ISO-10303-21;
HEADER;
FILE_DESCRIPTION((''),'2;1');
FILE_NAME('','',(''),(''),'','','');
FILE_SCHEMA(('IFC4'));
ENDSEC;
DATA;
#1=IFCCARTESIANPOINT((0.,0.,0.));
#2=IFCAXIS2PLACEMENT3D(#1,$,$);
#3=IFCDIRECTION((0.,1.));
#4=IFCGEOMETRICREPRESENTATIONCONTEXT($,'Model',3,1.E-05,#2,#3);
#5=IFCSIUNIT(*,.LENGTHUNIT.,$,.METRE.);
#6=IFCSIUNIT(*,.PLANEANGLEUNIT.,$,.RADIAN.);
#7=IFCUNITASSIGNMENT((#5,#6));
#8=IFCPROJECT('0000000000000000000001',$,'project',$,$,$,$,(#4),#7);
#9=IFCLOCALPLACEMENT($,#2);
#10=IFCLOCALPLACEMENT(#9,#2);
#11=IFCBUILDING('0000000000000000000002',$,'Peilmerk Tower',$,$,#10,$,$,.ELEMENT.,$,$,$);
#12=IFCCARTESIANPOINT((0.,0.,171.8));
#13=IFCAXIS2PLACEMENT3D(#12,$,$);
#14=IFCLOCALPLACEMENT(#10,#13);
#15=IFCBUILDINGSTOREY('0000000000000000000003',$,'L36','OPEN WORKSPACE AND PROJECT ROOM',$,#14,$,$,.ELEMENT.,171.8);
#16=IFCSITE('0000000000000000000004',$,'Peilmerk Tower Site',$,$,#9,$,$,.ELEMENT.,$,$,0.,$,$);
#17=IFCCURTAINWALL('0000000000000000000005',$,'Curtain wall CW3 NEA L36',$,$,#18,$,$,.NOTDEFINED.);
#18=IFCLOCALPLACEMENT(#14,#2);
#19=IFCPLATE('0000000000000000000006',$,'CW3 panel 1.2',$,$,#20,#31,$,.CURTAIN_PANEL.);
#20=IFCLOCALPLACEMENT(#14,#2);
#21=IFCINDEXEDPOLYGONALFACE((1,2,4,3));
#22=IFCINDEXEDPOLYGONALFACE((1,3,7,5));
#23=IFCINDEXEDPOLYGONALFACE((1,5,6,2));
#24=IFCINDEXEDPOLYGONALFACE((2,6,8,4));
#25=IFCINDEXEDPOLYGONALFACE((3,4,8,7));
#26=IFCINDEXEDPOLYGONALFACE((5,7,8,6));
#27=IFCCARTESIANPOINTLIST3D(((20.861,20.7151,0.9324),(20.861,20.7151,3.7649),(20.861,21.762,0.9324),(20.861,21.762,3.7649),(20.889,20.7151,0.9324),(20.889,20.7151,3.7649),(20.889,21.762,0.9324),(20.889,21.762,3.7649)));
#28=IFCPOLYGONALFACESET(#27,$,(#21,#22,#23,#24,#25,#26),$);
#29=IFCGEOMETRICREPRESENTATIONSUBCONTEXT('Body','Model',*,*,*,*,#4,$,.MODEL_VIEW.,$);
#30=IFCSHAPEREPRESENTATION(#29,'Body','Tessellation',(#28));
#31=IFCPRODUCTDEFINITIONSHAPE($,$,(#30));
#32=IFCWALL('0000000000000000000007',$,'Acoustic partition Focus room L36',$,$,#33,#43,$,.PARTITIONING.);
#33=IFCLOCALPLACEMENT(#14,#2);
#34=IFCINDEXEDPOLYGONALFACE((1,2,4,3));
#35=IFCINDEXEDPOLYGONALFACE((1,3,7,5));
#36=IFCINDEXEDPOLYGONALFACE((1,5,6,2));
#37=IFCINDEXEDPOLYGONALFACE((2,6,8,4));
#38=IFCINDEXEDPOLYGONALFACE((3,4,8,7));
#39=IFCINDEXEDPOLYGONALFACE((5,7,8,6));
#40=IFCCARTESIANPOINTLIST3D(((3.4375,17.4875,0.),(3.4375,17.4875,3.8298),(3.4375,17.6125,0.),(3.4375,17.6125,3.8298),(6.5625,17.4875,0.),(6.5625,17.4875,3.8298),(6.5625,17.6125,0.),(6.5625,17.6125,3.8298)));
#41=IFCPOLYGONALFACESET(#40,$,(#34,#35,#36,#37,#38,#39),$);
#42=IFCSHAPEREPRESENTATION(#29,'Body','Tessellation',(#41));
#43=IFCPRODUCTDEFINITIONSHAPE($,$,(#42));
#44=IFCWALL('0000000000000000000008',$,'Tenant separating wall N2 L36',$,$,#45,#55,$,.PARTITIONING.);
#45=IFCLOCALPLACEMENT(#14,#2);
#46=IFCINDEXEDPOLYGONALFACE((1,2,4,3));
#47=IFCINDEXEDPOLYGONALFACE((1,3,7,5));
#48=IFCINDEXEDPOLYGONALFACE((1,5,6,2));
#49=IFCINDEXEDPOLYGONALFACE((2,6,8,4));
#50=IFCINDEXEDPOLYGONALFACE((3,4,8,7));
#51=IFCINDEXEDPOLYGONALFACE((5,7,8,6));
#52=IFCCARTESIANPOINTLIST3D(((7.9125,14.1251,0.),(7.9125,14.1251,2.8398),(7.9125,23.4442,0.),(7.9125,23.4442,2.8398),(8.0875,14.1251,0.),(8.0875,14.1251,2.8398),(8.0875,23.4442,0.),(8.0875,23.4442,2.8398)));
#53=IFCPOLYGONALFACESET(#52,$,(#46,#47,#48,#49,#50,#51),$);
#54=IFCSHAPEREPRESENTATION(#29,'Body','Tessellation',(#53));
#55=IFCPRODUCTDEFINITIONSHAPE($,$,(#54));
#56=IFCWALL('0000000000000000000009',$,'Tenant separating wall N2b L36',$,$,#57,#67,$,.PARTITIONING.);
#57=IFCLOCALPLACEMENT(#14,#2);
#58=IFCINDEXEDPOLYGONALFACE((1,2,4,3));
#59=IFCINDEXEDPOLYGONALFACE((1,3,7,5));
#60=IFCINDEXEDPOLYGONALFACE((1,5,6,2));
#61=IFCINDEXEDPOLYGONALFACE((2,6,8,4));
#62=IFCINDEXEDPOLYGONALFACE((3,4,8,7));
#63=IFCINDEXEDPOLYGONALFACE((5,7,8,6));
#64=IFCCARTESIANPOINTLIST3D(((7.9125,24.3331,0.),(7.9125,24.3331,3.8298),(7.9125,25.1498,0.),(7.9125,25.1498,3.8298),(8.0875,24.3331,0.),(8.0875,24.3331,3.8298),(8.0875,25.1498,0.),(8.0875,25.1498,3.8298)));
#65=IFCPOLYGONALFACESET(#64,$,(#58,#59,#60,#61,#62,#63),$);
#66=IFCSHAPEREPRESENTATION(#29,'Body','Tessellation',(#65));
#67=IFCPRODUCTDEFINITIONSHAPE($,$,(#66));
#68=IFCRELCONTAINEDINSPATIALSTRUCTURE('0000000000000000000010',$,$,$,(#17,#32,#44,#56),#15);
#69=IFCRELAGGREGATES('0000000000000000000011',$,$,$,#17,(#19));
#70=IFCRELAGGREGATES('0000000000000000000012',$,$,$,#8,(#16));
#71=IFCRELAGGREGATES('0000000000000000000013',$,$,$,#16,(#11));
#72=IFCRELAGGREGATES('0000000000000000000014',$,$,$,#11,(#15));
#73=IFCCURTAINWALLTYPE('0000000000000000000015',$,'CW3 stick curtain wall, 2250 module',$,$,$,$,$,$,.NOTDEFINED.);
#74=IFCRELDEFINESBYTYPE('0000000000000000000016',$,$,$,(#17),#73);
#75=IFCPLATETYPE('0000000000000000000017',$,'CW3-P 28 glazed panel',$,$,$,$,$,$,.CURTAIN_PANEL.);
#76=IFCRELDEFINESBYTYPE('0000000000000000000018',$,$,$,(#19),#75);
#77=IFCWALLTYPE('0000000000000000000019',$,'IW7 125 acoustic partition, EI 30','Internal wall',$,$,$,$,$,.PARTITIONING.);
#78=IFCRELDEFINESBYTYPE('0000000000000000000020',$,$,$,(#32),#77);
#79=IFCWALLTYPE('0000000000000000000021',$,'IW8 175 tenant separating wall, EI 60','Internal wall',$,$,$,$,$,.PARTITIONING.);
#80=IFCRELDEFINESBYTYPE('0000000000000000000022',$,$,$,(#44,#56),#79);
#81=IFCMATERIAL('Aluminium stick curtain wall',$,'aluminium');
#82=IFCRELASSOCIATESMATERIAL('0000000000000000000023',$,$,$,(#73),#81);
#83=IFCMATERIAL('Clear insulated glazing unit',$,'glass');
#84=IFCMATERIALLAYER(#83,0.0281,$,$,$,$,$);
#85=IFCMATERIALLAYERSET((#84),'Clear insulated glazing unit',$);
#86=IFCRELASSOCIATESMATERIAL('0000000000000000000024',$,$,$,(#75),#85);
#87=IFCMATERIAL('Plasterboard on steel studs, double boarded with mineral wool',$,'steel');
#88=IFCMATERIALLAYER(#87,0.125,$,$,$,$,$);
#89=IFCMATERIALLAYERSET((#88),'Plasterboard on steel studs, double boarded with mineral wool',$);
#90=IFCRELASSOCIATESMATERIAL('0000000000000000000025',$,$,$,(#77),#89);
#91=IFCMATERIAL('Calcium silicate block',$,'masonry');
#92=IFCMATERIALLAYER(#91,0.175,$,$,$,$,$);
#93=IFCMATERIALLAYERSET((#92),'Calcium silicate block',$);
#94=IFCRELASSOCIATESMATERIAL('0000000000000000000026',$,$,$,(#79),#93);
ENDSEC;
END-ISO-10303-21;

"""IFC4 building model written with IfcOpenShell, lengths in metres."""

from ifc_helpers import new_model, si_unit, direction, frame, frame_2d, origin, origin_2d, place, context, subcontext, project, spatial, rectangle, extrude, material, layer, layer_set, type_object, element, aggregate, save


model = new_model("IFC4")

# Units and contexts
model_context = context("Model", 3, precision=1e-05, world=origin(), true_north=direction((0.0, 1.0)))
body_context = subcontext(model_context, "Body", "Model", "MODEL_VIEW")
ifc_project = project(units=[si_unit("LENGTHUNIT", "METRE"), si_unit("PLANEANGLEUNIT", "RADIAN")], contexts=[model_context])

# Site, building, storey
site_placement = place(None, origin())
site = spatial("IfcSite", under=ifc_project, at=site_placement, Name="Peilmerk Tower Site", CompositionType="ELEMENT", RefElevation=0.0)
building_placement = place(site_placement, origin())
building = spatial("IfcBuilding", under=site, at=building_placement, Name="Peilmerk Tower", CompositionType="ELEMENT")
storey_placement = place(building_placement, frame((0.0, 0.0, 171.8)))
storey = spatial("IfcBuildingStorey", under=building, at=storey_placement, Name="L36", Description="OPEN WORKSPACE AND PROJECT ROOM", CompositionType="ELEMENT", Elevation=171.8)

# Curtain wall, plate
ifc_material_1 = material(Name="Aluminium stick curtain wall", Category="aluminium")
curtain_wall_type = type_object("IfcCurtainWallType", Name="CW3 stick curtain wall, 2250 module", PredefinedType="NOTDEFINED", material=ifc_material_1)
curtain_wall_placement = place(storey_placement, origin())
curtain_wall = element("IfcCurtainWall", 1, at=curtain_wall_placement, inside=storey, type_object=curtain_wall_type, Name="Curtain wall CW3 NEA L36", PredefinedType="NOTDEFINED")
ifc_material_2 = material(Name="Clear insulated glazing unit", Category="glass")
ifc_layer_1 = layer(ifc_material_2, 0.0281)
ifc_layer_set_1 = layer_set([ifc_layer_1], Name="Clear insulated glazing unit")
plate_type = type_object("IfcPlateType", Name="CW3-P 28 glazed panel", PredefinedType="CURTAIN_PANEL", material=ifc_layer_set_1)
plate_1_placement = place(storey_placement, frame((20.875, 21.2385, 0.9324), z_axis=(0.0, 0.0, 1.0), x_axis=(0.0, 1.0, 0.0)))
plate_1 = element("IfcPlate", 2, at=plate_1_placement, type_object=plate_type, Name="CW3 panel 1.2", PredefinedType="CURTAIN_PANEL", context=body_context, shape_type="SweptSolid", body=[
    extrude(rectangle(XDim=1.0469, YDim=0.0281, at=origin_2d()), origin(), (0.0, 0.0, 1.0), 2.8325),
])
aggregate(curtain_wall, [plate_1])

# Walls
ifc_material_3 = material(Name="Plasterboard on steel studs, double boarded with mineral wool", Category="steel")
ifc_layer_2 = layer(ifc_material_3, 0.125)
ifc_layer_set_2 = layer_set([ifc_layer_2], Name="Plasterboard on steel studs, double boarded with mineral wool")
wall_type_1 = type_object("IfcWallType", Name="IW7 125 acoustic partition, EI 30", Description="Internal wall", PredefinedType="PARTITIONING", material=ifc_layer_set_2)
wall_1_placement = place(storey_placement, frame((3.4375, 17.55, 0.0), z_axis=(0.0, 0.0, 1.0), x_axis=(1.0, 0.0, 0.0)))
element("IfcWall", 3, at=wall_1_placement, inside=storey, type_object=wall_type_1, Name="Acoustic partition Focus room L36", PredefinedType="PARTITIONING", context=body_context, shape_type="SweptSolid", body=[
    extrude(rectangle(XDim=3.125, YDim=0.125, at=frame_2d((1.5625, 0.0))), origin(), (0.0, 0.0, 1.0), 3.8298),
])
ifc_material_4 = material(Name="Calcium silicate block", Category="masonry")
ifc_layer_3 = layer(ifc_material_4, 0.175)
ifc_layer_set_3 = layer_set([ifc_layer_3], Name="Calcium silicate block")
wall_type_2 = type_object("IfcWallType", Name="IW8 175 tenant separating wall, EI 60", Description="Internal wall", PredefinedType="PARTITIONING", material=ifc_layer_set_3)
wall_2_placement = place(storey_placement, frame((8.0, 14.125, 0.0), z_axis=(0.0, 0.0, 1.0), x_axis=(0.0, 1.0, 0.0)))
element("IfcWall", 4, at=wall_2_placement, inside=storey, type_object=wall_type_2, Name="Tenant separating wall N2 L36", PredefinedType="PARTITIONING", context=body_context, shape_type="SweptSolid", body=[
    extrude(rectangle(XDim=9.3191, YDim=0.175, at=frame_2d((4.6597, 0.0))), origin(), (0.0, 0.0, 1.0), 2.8398),
])
wall_3_placement = place(storey_placement, frame((8.0, 24.3333, 0.0), z_axis=(0.0, 0.0, 1.0), x_axis=(0.0, 1.0, 0.0)))
element("IfcWall", 5, at=wall_3_placement, inside=storey, type_object=wall_type_2, Name="Tenant separating wall N2b L36", PredefinedType="PARTITIONING", context=body_context, shape_type="SweptSolid", body=[
    extrude(rectangle(XDim=0.8167, YDim=0.175, at=frame_2d((0.4082, 0.0))), origin(), (0.0, 0.0, 1.0), 3.8298),
])

save(model, "model.ifc")
